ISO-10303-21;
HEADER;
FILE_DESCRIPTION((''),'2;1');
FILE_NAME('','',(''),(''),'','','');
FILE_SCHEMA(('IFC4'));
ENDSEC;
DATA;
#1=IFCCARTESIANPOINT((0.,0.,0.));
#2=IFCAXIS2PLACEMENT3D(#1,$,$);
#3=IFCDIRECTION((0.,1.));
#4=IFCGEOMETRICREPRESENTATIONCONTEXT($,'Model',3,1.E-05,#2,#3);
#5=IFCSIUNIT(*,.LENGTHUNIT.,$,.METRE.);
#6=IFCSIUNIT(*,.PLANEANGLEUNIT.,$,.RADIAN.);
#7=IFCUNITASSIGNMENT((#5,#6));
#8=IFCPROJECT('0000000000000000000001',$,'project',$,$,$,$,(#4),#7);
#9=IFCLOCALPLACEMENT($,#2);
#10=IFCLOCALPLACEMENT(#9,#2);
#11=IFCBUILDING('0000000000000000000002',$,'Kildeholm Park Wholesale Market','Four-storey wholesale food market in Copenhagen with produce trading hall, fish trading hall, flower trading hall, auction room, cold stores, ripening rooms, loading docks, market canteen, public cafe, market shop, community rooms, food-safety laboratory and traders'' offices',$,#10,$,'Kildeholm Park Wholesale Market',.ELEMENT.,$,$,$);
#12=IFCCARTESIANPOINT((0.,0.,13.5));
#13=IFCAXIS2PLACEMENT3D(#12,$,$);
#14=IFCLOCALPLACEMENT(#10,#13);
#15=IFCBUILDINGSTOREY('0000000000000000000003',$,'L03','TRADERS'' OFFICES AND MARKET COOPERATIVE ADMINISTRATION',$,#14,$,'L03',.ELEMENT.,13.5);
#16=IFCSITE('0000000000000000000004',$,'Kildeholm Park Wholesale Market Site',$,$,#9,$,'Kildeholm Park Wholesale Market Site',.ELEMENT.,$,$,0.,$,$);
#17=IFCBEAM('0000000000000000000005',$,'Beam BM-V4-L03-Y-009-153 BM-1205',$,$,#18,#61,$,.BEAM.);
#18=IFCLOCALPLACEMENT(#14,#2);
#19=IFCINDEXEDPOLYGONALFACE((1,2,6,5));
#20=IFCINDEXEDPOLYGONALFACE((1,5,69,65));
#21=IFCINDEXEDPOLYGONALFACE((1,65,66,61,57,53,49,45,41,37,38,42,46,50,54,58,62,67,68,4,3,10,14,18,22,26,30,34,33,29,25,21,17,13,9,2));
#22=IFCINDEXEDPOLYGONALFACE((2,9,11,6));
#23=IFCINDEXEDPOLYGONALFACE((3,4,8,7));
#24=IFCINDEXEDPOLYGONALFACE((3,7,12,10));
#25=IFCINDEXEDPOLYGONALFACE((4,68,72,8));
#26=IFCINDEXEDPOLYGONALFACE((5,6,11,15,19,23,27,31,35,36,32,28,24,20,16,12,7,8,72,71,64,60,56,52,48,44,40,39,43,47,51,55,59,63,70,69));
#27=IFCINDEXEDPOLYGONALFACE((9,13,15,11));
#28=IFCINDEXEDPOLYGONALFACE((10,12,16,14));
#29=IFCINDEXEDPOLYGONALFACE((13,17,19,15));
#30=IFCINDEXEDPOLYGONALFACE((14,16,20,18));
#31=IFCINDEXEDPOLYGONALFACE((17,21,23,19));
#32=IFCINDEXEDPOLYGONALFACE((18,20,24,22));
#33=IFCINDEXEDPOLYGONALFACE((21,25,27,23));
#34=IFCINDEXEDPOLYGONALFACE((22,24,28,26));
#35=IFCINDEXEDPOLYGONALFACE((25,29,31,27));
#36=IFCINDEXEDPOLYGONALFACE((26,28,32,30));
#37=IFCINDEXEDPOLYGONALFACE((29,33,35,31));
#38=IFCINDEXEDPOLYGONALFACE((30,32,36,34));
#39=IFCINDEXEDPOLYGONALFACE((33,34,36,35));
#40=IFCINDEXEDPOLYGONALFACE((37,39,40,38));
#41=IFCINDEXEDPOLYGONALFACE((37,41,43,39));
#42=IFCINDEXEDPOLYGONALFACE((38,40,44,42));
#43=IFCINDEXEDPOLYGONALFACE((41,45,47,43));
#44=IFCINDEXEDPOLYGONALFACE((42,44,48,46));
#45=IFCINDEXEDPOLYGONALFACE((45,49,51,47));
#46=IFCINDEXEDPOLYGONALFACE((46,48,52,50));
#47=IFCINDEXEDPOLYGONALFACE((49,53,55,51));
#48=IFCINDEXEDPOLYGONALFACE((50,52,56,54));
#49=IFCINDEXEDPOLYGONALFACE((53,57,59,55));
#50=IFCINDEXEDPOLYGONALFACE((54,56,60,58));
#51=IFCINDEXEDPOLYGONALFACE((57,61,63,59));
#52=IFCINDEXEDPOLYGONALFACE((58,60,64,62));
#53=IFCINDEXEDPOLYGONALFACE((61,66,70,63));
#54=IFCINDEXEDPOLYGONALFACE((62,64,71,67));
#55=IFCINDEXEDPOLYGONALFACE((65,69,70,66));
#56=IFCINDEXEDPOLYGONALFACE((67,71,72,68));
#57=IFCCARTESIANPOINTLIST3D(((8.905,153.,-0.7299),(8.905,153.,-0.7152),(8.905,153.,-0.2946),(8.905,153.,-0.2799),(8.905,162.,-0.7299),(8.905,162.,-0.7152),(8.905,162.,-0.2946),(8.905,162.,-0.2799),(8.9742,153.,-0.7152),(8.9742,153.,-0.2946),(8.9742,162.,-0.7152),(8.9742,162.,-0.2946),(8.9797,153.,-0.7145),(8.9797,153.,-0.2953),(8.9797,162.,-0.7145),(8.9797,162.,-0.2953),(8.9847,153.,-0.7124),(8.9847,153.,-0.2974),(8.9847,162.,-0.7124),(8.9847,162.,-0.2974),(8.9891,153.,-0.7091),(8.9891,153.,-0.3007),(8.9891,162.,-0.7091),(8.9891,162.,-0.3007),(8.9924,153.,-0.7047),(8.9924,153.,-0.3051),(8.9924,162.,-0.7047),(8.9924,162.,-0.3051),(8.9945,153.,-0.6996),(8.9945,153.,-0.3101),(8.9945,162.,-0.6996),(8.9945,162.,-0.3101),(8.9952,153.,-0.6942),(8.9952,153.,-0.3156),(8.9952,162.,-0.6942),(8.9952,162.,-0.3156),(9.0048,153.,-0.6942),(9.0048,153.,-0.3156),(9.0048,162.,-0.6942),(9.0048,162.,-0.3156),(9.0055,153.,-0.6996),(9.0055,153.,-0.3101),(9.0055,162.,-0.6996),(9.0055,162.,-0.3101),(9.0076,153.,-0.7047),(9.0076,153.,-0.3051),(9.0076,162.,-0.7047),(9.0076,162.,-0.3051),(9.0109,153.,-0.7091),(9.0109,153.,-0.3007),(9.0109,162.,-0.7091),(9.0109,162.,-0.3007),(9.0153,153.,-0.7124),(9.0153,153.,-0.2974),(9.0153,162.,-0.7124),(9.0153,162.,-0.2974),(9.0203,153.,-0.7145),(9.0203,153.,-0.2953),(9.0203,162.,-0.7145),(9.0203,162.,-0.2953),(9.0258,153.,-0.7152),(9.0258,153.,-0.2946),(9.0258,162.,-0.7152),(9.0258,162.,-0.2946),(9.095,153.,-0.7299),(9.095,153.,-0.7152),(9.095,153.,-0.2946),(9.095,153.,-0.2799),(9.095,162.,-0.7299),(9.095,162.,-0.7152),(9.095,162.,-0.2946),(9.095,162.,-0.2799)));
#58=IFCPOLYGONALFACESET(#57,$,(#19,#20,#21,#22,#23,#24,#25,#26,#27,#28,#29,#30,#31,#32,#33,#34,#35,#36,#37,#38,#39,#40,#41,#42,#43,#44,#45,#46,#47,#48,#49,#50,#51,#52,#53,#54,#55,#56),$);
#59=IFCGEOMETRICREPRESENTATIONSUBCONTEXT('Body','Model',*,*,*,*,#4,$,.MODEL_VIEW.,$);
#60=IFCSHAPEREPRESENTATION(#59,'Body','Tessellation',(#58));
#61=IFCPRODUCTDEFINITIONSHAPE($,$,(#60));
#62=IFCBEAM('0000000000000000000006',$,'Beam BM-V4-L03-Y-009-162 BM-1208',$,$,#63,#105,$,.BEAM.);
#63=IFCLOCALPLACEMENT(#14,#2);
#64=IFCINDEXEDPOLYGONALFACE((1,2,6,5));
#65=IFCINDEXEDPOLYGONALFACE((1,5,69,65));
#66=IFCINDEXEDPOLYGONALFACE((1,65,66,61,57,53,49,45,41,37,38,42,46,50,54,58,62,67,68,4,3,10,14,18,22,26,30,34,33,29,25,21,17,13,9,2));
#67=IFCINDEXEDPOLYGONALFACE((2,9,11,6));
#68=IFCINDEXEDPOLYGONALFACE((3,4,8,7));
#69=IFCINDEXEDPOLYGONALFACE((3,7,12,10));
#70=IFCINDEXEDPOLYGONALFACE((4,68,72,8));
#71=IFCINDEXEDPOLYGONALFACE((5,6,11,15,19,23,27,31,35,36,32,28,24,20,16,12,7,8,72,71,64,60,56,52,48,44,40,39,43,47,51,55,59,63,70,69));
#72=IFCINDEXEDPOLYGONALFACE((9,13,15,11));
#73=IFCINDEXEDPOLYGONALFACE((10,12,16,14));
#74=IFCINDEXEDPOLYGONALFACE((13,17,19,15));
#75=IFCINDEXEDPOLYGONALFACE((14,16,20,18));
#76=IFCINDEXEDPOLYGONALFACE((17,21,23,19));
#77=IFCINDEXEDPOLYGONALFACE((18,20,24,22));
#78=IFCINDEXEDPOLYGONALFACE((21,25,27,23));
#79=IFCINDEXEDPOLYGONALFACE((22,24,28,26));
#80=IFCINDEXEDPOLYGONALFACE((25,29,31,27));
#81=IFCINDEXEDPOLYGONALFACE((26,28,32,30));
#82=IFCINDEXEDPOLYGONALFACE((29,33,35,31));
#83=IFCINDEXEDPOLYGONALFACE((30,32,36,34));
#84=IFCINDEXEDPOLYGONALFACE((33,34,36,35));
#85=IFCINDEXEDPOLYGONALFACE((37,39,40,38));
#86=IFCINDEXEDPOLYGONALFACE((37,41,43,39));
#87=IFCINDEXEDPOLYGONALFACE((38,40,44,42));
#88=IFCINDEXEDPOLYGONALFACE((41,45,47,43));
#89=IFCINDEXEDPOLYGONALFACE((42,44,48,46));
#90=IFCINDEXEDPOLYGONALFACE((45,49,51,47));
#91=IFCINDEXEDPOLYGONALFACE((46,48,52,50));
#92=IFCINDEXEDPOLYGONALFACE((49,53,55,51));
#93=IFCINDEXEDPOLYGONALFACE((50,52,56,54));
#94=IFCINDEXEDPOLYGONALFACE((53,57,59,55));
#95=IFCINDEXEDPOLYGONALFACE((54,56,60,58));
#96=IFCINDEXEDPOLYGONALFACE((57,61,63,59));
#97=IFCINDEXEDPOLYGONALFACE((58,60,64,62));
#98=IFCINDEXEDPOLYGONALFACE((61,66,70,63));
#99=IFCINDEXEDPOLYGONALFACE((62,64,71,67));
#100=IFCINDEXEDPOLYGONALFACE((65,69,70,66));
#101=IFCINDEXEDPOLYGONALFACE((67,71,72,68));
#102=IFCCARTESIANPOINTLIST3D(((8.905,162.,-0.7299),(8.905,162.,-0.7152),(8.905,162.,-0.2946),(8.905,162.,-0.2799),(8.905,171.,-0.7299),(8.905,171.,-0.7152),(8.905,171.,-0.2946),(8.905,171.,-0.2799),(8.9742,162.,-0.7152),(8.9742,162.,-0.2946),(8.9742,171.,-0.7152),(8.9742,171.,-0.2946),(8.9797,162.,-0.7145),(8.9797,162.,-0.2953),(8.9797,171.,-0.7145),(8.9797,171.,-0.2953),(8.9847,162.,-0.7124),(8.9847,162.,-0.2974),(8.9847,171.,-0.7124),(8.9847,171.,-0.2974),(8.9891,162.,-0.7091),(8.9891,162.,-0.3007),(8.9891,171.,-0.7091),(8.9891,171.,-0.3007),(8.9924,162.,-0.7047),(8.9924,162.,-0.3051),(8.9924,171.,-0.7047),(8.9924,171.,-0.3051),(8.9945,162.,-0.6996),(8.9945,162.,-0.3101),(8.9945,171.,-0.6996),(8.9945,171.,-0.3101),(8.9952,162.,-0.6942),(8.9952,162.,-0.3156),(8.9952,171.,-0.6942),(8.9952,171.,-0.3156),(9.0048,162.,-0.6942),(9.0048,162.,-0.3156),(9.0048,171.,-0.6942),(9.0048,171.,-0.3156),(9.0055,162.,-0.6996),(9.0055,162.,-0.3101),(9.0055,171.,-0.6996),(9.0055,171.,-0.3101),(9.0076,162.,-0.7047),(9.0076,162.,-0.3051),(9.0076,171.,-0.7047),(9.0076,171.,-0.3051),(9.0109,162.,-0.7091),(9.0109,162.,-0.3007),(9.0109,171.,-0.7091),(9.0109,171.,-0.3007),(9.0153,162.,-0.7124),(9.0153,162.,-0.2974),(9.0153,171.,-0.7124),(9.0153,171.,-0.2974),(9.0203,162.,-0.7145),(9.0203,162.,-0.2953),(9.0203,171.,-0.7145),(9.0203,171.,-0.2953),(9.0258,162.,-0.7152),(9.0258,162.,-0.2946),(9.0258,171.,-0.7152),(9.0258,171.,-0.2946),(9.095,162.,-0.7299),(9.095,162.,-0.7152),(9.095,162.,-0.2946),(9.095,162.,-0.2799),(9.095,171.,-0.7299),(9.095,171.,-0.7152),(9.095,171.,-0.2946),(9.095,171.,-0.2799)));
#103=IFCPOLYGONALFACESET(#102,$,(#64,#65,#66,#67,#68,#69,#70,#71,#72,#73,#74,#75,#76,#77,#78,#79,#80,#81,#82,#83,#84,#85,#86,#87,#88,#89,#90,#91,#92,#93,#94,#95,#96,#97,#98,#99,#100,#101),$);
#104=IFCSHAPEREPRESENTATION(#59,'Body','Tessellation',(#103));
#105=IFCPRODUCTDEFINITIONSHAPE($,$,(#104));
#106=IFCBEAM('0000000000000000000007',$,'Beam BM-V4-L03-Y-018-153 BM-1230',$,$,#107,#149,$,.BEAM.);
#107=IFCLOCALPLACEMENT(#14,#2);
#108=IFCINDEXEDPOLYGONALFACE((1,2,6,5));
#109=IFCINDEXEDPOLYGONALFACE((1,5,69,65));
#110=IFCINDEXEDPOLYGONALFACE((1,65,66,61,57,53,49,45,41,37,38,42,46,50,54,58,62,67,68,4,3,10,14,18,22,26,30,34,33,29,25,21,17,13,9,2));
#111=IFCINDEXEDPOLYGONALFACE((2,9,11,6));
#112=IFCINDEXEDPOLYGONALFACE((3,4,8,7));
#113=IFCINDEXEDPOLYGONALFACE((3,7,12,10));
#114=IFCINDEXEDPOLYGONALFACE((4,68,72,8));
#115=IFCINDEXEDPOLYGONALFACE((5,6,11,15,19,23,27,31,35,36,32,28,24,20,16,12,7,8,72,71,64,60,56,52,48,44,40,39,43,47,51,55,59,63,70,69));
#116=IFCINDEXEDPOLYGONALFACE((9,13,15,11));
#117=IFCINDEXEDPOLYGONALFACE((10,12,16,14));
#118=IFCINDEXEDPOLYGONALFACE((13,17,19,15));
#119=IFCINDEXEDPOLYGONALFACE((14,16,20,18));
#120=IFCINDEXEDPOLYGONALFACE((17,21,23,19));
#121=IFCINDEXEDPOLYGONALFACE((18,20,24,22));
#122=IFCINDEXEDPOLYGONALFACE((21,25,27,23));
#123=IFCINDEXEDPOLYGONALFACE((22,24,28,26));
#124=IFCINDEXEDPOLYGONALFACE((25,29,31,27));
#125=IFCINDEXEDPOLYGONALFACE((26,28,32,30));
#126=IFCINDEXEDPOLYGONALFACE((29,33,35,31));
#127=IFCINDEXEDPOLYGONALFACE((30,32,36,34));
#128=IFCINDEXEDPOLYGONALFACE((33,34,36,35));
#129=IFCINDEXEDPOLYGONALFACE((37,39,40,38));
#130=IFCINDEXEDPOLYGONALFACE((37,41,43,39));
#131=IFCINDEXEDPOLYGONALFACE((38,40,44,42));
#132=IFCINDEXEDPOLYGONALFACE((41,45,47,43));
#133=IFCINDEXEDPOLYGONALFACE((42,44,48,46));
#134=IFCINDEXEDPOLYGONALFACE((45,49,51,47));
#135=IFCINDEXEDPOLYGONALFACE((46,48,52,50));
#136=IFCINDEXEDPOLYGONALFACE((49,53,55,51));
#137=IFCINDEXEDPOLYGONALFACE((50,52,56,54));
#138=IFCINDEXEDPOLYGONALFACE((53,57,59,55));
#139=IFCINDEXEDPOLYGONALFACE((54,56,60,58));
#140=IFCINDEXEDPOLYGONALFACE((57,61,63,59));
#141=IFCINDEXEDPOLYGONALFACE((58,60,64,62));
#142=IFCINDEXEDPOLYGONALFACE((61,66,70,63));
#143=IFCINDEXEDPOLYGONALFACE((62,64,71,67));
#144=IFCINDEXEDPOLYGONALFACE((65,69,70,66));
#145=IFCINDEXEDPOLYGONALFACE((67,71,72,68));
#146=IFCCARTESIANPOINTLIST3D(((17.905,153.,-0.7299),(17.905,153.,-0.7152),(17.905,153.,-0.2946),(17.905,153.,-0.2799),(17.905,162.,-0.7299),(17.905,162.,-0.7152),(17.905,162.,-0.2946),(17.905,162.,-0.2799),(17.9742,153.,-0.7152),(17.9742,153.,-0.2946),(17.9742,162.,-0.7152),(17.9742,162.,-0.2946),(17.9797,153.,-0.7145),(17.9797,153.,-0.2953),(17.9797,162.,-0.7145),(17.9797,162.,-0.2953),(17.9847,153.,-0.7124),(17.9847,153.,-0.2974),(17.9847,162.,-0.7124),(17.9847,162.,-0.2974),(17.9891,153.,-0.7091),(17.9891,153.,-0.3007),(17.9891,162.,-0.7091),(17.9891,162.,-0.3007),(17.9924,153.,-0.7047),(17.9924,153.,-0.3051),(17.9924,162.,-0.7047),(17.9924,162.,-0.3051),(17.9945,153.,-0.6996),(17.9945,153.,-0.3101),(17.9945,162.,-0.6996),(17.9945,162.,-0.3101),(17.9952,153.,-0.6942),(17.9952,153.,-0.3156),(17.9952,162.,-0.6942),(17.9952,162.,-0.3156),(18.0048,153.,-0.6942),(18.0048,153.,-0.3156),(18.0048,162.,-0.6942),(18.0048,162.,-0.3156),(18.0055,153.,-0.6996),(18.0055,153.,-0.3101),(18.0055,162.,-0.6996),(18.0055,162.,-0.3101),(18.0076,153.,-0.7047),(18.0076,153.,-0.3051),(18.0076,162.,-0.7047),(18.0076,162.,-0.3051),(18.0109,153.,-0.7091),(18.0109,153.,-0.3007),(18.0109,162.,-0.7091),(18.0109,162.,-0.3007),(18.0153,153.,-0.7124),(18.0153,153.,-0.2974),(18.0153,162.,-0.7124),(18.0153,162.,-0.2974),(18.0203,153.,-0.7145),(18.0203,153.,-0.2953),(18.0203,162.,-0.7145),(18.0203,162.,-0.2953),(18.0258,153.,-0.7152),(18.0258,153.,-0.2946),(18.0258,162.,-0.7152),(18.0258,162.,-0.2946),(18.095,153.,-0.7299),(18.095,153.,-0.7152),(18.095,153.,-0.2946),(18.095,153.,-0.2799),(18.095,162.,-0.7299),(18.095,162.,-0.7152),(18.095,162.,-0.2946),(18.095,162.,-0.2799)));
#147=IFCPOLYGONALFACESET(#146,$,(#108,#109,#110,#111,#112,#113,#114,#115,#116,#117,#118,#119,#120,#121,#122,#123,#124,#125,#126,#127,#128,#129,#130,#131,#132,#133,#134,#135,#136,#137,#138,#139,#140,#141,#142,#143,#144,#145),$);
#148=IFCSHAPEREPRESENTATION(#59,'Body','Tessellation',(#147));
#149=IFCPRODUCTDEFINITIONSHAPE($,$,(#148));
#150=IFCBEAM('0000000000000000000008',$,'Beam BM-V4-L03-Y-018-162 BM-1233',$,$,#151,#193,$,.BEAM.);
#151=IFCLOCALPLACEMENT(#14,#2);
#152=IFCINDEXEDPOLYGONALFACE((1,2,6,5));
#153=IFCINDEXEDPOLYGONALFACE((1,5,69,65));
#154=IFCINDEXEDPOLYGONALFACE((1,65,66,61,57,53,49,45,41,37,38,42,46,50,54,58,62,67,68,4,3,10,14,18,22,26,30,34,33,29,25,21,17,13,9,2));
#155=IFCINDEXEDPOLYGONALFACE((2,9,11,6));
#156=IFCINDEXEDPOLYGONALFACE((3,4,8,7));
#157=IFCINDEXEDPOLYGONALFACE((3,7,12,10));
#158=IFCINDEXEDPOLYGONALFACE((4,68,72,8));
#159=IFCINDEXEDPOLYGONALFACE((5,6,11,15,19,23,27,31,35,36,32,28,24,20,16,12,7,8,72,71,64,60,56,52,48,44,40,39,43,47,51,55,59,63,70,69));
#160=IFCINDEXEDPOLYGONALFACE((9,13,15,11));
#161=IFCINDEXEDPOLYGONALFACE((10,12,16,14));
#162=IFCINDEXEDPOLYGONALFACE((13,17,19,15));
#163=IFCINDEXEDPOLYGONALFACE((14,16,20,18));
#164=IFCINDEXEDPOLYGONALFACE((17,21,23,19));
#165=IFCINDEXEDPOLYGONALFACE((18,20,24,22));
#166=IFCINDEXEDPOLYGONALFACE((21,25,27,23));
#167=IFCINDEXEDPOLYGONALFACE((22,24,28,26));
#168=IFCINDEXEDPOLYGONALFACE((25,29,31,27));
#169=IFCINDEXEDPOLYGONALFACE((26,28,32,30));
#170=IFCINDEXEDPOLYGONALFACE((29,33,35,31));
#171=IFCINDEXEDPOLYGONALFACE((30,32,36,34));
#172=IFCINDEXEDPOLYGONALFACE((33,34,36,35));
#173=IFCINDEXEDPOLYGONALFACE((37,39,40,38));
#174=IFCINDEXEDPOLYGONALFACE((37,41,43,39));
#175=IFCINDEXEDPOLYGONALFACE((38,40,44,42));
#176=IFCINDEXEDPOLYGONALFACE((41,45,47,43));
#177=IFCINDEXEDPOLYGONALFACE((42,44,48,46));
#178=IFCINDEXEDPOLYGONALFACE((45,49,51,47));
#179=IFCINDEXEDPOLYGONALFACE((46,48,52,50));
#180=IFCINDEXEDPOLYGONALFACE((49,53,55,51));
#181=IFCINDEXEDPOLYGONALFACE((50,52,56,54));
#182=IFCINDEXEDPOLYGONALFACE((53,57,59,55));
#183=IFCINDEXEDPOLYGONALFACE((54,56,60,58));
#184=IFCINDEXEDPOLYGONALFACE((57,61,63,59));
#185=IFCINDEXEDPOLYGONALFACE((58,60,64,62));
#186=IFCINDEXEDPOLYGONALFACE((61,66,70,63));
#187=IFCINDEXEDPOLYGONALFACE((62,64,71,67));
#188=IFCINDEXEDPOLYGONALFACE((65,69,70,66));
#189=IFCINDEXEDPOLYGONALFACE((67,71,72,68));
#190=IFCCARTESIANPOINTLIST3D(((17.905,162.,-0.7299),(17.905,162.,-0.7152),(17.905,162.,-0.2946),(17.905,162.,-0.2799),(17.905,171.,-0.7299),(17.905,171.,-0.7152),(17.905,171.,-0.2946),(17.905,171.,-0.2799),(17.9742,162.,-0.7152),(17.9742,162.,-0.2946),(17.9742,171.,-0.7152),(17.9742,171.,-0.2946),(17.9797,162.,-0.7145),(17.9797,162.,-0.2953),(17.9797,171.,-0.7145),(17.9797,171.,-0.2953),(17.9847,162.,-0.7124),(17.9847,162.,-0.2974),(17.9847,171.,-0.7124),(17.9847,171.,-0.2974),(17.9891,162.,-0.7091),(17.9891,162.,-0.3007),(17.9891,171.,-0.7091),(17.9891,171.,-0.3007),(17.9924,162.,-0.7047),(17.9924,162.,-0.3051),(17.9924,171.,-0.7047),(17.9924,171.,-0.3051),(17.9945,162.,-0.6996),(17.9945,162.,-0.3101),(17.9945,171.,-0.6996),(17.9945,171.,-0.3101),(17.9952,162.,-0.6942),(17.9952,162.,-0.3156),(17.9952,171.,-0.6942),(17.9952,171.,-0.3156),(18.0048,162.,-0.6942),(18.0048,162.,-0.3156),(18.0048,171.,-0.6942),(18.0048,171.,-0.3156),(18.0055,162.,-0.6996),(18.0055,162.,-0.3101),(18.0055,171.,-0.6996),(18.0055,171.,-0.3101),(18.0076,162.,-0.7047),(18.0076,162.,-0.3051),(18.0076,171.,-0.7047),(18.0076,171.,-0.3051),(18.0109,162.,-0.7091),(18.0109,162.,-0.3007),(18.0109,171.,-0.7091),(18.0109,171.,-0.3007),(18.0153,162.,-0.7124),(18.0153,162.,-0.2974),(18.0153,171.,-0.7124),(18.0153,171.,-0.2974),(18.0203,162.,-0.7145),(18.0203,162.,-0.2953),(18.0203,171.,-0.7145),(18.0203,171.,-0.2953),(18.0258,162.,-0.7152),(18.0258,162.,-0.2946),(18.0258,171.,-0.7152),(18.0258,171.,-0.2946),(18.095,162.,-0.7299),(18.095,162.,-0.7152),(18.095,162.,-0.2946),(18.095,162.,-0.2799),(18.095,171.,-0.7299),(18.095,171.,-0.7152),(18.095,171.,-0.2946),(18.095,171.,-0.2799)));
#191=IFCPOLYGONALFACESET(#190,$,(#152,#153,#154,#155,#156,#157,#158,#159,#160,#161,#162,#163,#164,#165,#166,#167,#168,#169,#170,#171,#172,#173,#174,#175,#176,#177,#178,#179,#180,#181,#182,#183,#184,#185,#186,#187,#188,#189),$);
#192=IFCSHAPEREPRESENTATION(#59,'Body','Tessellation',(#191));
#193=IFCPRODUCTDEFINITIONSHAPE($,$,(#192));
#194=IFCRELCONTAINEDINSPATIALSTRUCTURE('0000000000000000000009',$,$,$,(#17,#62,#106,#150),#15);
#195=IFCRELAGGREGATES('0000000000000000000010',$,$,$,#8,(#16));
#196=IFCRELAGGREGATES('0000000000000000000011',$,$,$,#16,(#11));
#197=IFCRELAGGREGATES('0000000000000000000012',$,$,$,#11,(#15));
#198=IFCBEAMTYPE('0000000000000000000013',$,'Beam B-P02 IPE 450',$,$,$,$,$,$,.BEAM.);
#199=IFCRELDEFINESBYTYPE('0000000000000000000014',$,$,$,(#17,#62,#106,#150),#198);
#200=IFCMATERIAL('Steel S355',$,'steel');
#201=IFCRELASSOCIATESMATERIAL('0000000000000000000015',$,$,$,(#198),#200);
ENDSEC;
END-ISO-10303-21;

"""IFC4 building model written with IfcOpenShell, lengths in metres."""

from ifc_helpers import new_model, si_unit, direction, frame, origin, origin_2d, place, context, subcontext, project, spatial, i_section, extrude, material, material_profile, profile_set, type_object, element, save


model = new_model("IFC4")

# Units and contexts
model_context = context("Model", 3, precision=1e-05, world=origin(), true_north=direction((0.0, 1.0)))
body_context = subcontext(model_context, "Body", "Model", "MODEL_VIEW")
ifc_project = project(units=[si_unit("LENGTHUNIT", "METRE"), si_unit("PLANEANGLEUNIT", "RADIAN")], contexts=[model_context])

# Site, building, storey
site_placement = place(None, origin())
site = spatial("IfcSite", under=ifc_project, at=site_placement, Name="Kildeholm Park Wholesale Market Site", LongName="Kildeholm Park Wholesale Market Site", CompositionType="ELEMENT", RefElevation=0.0)
building_placement = place(site_placement, origin())
building = spatial("IfcBuilding", under=site, at=building_placement, Name="Kildeholm Park Wholesale Market", Description="Four-storey wholesale food market in Copenhagen with produce trading hall, fish trading hall, flower trading hall, auction room, cold stores, ripening rooms, loading docks, market canteen, public cafe, market shop, community rooms, food-safety laboratory and traders' offices", LongName="Kildeholm Park Wholesale Market", CompositionType="ELEMENT")
storey_placement = place(building_placement, frame((0.0, 0.0, 13.5)))
storey = spatial("IfcBuildingStorey", under=building, at=storey_placement, Name="L03", Description="TRADERS' OFFICES AND MARKET COOPERATIVE ADMINISTRATION", LongName="L03", CompositionType="ELEMENT", Elevation=13.5)

# Beams
ifc_material_1 = material(Name="Steel S355", Category="steel")
ifc_material_profile_1 = material_profile(ifc_material_1, i_section(OverallWidth=0.1899, OverallDepth=0.45, WebThickness=0.0095, FlangeThickness=0.0146, FilletRadius=0.021, at=origin_2d()), Name="IPE 450")
ifc_profile_set_1 = profile_set([ifc_material_profile_1], Name="Steel S355")
beam_type_1 = type_object("IfcBeamType", Name="Beam B-P02 IPE 450", PredefinedType="BEAM", material=ifc_profile_set_1)
for number, where, z_axis, x_axis, name in (
    (1, (9.0, 153.0, -0.5049), (0.0, 1.0, 0.0), (-1.0, 0.0, 0.0), "Beam BM-V4-L03-Y-009-153 BM-1205"),
    (2, (9.0, 162.0, -0.5049), (0.0, 1.0, 0.0), (-1.0, 0.0, 0.0), "Beam BM-V4-L03-Y-009-162 BM-1208"),
    (3, (18.0, 153.0, -0.5049), (0.0, 1.0, 0.0), (-1.0, 0.0, 0.0), "Beam BM-V4-L03-Y-018-153 BM-1230"),
    (4, (18.0, 162.0, -0.5049), (0.0, 1.0, 0.0), (-1.0, 0.0, 0.0), "Beam BM-V4-L03-Y-018-162 BM-1233"),
):
    element("IfcBeam", number, at=place(storey_placement, frame(where, z_axis=z_axis, x_axis=x_axis)), inside=storey, type_object=beam_type_1, Name=name, PredefinedType="BEAM", context=body_context, shape_type="SweptSolid", body=[
        extrude(i_section(OverallWidth=0.1899, OverallDepth=0.45, WebThickness=0.0095, FlangeThickness=0.0146, FilletRadius=0.021, at=origin_2d()), origin(), (0.0, 0.0, 1.0), 9.0),
    ])

save(model, "model.ifc")
